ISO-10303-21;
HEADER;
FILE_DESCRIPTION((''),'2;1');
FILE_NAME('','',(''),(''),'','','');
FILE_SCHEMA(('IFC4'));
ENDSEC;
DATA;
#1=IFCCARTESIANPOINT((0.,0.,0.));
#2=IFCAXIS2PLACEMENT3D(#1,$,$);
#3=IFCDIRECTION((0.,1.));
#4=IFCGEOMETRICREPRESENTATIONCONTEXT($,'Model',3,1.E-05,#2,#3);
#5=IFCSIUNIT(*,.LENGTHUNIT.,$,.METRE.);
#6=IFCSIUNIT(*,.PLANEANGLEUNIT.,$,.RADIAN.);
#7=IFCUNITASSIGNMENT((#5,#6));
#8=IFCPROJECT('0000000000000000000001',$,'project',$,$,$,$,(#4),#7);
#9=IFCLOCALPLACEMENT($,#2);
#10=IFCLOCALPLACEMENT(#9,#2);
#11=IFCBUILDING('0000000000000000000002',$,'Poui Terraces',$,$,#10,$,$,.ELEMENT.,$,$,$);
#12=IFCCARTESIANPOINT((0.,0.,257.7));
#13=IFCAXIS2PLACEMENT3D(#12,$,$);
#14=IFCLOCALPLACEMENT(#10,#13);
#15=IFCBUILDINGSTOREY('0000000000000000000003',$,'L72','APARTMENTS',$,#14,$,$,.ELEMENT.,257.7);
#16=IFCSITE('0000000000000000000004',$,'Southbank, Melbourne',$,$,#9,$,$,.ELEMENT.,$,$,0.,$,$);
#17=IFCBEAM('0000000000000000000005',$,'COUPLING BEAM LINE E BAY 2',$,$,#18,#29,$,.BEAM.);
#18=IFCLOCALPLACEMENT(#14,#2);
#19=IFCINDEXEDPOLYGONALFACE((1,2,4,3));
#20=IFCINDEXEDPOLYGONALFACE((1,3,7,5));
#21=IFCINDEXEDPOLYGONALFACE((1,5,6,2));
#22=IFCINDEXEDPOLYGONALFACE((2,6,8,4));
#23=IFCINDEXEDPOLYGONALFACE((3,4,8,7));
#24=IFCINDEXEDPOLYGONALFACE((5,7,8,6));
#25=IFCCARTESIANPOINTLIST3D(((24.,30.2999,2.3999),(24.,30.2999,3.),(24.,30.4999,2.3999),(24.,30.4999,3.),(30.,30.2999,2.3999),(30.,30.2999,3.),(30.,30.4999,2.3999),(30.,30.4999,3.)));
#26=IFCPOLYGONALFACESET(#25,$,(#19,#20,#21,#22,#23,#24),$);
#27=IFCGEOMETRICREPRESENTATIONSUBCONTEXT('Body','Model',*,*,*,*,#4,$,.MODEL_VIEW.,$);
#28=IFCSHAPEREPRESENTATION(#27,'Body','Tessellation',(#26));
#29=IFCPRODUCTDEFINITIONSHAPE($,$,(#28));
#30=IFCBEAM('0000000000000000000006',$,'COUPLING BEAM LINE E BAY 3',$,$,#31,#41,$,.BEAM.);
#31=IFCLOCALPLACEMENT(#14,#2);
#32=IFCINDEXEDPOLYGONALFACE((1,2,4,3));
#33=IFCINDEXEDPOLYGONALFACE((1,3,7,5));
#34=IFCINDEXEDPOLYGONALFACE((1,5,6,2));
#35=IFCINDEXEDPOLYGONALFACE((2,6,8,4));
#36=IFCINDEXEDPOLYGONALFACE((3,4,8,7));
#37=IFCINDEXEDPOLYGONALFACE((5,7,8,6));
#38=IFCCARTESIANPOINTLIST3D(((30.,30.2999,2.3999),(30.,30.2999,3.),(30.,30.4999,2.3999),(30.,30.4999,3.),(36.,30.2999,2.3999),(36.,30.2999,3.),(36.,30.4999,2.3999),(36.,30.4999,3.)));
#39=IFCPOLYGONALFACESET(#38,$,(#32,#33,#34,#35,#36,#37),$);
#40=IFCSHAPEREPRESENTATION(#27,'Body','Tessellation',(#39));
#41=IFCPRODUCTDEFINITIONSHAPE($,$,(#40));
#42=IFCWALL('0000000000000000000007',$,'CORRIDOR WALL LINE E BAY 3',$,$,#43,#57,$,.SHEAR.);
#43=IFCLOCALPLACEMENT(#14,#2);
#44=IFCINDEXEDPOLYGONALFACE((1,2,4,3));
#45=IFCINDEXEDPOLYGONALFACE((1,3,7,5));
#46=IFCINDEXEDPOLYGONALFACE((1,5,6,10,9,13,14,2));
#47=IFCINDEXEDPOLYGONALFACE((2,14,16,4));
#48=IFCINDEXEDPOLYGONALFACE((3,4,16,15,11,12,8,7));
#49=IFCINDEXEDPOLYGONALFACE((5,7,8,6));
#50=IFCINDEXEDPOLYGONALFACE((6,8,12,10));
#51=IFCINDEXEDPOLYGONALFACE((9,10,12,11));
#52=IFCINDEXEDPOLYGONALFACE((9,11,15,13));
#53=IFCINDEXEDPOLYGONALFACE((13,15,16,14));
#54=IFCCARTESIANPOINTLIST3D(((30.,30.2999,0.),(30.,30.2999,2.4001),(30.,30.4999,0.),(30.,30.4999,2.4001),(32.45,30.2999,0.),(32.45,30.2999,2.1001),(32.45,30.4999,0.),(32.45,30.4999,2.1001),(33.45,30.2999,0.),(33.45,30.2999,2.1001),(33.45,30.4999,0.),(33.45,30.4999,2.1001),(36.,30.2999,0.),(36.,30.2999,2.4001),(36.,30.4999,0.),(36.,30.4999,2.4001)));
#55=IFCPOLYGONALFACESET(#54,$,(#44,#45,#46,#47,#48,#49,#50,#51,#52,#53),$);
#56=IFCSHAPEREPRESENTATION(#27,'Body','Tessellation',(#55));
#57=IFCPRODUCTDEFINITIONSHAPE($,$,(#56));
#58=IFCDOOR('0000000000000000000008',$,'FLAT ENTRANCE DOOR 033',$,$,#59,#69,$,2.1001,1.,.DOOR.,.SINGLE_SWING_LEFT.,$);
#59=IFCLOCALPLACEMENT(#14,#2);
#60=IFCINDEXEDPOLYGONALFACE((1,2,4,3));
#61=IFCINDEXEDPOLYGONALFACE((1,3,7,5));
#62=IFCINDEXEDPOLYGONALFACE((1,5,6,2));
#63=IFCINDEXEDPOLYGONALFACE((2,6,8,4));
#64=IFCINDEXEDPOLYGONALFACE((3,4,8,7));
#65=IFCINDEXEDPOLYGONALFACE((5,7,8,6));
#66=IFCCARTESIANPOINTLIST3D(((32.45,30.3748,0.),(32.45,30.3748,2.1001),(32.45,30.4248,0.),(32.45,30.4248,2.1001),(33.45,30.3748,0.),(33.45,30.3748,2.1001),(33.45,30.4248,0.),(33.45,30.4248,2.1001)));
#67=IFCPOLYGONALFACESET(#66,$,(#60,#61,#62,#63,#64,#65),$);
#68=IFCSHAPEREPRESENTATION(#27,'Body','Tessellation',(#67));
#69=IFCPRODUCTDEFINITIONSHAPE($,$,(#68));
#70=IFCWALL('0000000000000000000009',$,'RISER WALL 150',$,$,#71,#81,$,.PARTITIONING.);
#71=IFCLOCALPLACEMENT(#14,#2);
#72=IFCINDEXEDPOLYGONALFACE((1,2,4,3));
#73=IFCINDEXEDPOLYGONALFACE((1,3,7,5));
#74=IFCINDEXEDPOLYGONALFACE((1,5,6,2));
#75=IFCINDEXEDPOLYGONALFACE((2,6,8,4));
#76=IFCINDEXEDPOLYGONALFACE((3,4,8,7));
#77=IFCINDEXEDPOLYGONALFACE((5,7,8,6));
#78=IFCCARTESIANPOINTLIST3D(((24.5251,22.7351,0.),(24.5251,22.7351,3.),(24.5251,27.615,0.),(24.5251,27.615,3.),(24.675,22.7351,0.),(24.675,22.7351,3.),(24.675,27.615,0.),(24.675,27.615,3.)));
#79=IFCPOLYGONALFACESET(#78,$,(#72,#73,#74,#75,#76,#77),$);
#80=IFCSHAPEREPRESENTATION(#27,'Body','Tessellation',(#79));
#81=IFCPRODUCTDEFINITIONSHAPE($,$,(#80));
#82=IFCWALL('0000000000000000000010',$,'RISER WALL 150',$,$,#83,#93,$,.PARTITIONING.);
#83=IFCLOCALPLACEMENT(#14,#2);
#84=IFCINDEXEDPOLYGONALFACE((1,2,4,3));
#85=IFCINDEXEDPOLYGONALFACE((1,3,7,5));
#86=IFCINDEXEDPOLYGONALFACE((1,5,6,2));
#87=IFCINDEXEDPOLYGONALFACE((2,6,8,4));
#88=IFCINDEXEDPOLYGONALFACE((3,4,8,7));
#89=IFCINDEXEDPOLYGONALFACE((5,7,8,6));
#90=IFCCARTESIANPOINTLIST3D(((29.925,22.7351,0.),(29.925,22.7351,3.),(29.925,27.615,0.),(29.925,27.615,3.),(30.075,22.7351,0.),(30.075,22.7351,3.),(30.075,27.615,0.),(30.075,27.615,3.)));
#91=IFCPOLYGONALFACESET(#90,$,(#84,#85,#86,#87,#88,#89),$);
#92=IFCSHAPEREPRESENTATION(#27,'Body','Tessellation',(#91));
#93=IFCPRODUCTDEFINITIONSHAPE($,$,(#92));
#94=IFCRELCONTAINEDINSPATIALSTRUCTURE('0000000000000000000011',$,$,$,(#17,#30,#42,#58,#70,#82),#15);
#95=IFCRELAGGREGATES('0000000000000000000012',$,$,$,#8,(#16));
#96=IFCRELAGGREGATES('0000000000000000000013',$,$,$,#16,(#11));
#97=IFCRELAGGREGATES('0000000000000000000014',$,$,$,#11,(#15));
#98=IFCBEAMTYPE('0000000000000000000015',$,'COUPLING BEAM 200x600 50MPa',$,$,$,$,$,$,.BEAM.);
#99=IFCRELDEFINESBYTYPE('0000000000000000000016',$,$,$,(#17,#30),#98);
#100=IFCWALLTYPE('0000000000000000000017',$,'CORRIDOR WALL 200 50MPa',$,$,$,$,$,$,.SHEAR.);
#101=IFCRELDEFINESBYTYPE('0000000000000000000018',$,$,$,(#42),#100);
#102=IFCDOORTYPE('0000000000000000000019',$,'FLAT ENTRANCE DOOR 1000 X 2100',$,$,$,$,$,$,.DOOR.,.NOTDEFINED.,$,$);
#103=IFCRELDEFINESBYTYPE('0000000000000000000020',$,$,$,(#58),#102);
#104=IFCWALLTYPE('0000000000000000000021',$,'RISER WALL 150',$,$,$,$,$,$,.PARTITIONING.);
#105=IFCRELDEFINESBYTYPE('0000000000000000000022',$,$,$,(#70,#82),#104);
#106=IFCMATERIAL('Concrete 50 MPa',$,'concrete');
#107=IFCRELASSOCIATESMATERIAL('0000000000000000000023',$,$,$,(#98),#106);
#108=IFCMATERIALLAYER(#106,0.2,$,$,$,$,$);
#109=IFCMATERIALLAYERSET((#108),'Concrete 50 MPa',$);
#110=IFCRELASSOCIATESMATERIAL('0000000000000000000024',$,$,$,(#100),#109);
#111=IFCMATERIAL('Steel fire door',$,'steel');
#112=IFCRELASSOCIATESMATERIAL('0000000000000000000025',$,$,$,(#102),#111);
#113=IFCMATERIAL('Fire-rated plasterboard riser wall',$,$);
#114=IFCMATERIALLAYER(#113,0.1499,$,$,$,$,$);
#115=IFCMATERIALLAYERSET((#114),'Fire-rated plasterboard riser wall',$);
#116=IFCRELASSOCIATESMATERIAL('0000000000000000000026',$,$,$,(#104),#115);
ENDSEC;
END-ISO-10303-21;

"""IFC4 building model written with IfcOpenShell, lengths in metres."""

from ifc_helpers import new_model, si_unit, direction, frame, frame_2d, origin, origin_2d, place, context, subcontext, project, spatial, rectangle, extrude, source, transform, mapped, material, layer, layer_set, material_profile, profile_set, type_object, element, fill, save


model = new_model("IFC4")

# Units and contexts
model_context = context("Model", 3, precision=1e-05, world=origin(), true_north=direction((0.0, 1.0)))
body_context = subcontext(model_context, "Body", "Model", "MODEL_VIEW")
ifc_project = project(units=[si_unit("LENGTHUNIT", "METRE"), si_unit("PLANEANGLEUNIT", "RADIAN")], contexts=[model_context])

# Site, building, storey
site_placement = place(None, origin())
site = spatial("IfcSite", under=ifc_project, at=site_placement, Name="Southbank, Melbourne", CompositionType="ELEMENT", RefElevation=0.0)
building_placement = place(site_placement, origin())
building = spatial("IfcBuilding", under=site, at=building_placement, Name="Poui Terraces", CompositionType="ELEMENT")
storey_placement = place(building_placement, frame((0.0, 0.0, 257.7)))
storey = spatial("IfcBuildingStorey", under=building, at=storey_placement, Name="L72", Description="APARTMENTS", CompositionType="ELEMENT", Elevation=257.7)

# Beams
ifc_material_1 = material(Name="Concrete 50 MPa", Category="concrete")
ifc_material_profile = material_profile(ifc_material_1, rectangle(XDim=0.2, YDim=0.6001, at=origin_2d()), Name="RC 200x600")
ifc_profile_set = profile_set([ifc_material_profile], Name="Concrete 50 MPa")
beam_type = type_object("IfcBeamType", Name="COUPLING BEAM 200x600 50MPa", PredefinedType="BEAM", material=ifc_profile_set)
shared_shape = source(origin(), body_context, "Body", "SweptSolid", [
    extrude(rectangle(XDim=0.2, YDim=0.6001, at=origin_2d()), origin(), (0.0, 0.0, 1.0), 6.0),
])
for number, where, z_axis, x_axis, name in (
    (1, (24.0, 30.3999, 2.7), (1.0, 0.0, 0.0), (0.0, 1.0, 0.0), "COUPLING BEAM LINE E BAY 2"),
    (2, (30.0, 30.3999, 2.7), (1.0, 0.0, 0.0), (0.0, 1.0, 0.0), "COUPLING BEAM LINE E BAY 3"),
):
    element("IfcBeam", number, at=place(storey_placement, frame(where, z_axis=z_axis, x_axis=x_axis)), inside=storey, type_object=beam_type, Name=name, PredefinedType="BEAM", context=body_context, shape_type="MappedRepresentation", body=[
        mapped(shared_shape, transform((0.0, 0.0, 0.0))),
    ])

# Wall, opening, door
ifc_layer_1 = layer(ifc_material_1, 0.2)
ifc_layer_set_1 = layer_set([ifc_layer_1], Name="Concrete 50 MPa")
wall_type_1 = type_object("IfcWallType", Name="CORRIDOR WALL 200 50MPa", PredefinedType="SHEAR", material=ifc_layer_set_1)
wall_placement = place(storey_placement, frame((30.0, 30.3999, 0.0), z_axis=(0.0, 0.0, 1.0), x_axis=(1.0, 0.0, 0.0)))
wall = element("IfcWall", 3, at=wall_placement, inside=storey, type_object=wall_type_1, Name="CORRIDOR WALL LINE E BAY 3", PredefinedType="SHEAR", context=body_context, shape_type="SweptSolid", body=[
    extrude(rectangle(XDim=6.0, YDim=0.2, at=frame_2d((3.0, 0.0))), origin(), (0.0, 0.0, 1.0), 2.4001),
])
opening_placement = place(wall_placement, frame((2.45, 0.0, 0.0)))
opening = element("IfcOpeningElement", 4, at=opening_placement, cuts=wall, PredefinedType="OPENING", context=body_context, shape_type="SweptSolid", body=[
    extrude(rectangle(XDim=1.0, YDim=2.1001, at=frame_2d((0.5, 1.05))), frame((0.0, 0.1099, 0.0), z_axis=(0.0, -1.0, 0.0), x_axis=(1.0, 0.0, 0.0)), (0.0, 0.0, 1.0), 0.22),
])
ifc_material_2 = material(Name="Steel fire door", Category="steel")
door_type = type_object("IfcDoorType", Name="FLAT ENTRANCE DOOR 1000 X 2100", OperationType="NOTDEFINED", PredefinedType="DOOR", material=ifc_material_2)
door_placement = place(opening_placement, origin())
door = element("IfcDoor", 5, at=door_placement, inside=storey, type_object=door_type, Name="FLAT ENTRANCE DOOR 033", OperationType="SINGLE_SWING_LEFT", OverallHeight=2.1001, OverallWidth=1.0, PredefinedType="DOOR", context=body_context, shape_type="SweptSolid", body=[
    extrude(rectangle(XDim=1.0, YDim=2.1001, at=frame_2d((0.5, 1.05))), frame((0.0, 0.0249, 0.0), z_axis=(0.0, -1.0, 0.0), x_axis=(1.0, 0.0, 0.0)), (0.0, 0.0, 1.0), 0.05),
])
fill(opening, door)

# Walls
ifc_material_3 = material(Name="Fire-rated plasterboard riser wall")
ifc_layer_2 = layer(ifc_material_3, 0.1499)
ifc_layer_set_2 = layer_set([ifc_layer_2], Name="Fire-rated plasterboard riser wall")
wall_type_2 = type_object("IfcWallType", Name="RISER WALL 150", PredefinedType="PARTITIONING", material=ifc_layer_set_2)
for number, where, z_axis, x_axis, name in (
    (6, (24.6001, 22.7351, 0.0), (0.0, 0.0, 1.0), (0.0, 1.0, 0.0), "RISER WALL 150"),
    (7, (30.0, 22.7351, 0.0), (0.0, 0.0, 1.0), (0.0, 1.0, 0.0), "RISER WALL 150"),
):
    element("IfcWall", number, at=place(storey_placement, frame(where, z_axis=z_axis, x_axis=x_axis)), inside=storey, type_object=wall_type_2, Name=name, PredefinedType="PARTITIONING", context=body_context, shape_type="SweptSolid", body=[
        extrude(rectangle(XDim=4.8799, YDim=0.1499, at=frame_2d((2.4399, 0.0))), origin(), (0.0, 0.0, 1.0), 3.0),
    ])

save(model, "model.ifc")
